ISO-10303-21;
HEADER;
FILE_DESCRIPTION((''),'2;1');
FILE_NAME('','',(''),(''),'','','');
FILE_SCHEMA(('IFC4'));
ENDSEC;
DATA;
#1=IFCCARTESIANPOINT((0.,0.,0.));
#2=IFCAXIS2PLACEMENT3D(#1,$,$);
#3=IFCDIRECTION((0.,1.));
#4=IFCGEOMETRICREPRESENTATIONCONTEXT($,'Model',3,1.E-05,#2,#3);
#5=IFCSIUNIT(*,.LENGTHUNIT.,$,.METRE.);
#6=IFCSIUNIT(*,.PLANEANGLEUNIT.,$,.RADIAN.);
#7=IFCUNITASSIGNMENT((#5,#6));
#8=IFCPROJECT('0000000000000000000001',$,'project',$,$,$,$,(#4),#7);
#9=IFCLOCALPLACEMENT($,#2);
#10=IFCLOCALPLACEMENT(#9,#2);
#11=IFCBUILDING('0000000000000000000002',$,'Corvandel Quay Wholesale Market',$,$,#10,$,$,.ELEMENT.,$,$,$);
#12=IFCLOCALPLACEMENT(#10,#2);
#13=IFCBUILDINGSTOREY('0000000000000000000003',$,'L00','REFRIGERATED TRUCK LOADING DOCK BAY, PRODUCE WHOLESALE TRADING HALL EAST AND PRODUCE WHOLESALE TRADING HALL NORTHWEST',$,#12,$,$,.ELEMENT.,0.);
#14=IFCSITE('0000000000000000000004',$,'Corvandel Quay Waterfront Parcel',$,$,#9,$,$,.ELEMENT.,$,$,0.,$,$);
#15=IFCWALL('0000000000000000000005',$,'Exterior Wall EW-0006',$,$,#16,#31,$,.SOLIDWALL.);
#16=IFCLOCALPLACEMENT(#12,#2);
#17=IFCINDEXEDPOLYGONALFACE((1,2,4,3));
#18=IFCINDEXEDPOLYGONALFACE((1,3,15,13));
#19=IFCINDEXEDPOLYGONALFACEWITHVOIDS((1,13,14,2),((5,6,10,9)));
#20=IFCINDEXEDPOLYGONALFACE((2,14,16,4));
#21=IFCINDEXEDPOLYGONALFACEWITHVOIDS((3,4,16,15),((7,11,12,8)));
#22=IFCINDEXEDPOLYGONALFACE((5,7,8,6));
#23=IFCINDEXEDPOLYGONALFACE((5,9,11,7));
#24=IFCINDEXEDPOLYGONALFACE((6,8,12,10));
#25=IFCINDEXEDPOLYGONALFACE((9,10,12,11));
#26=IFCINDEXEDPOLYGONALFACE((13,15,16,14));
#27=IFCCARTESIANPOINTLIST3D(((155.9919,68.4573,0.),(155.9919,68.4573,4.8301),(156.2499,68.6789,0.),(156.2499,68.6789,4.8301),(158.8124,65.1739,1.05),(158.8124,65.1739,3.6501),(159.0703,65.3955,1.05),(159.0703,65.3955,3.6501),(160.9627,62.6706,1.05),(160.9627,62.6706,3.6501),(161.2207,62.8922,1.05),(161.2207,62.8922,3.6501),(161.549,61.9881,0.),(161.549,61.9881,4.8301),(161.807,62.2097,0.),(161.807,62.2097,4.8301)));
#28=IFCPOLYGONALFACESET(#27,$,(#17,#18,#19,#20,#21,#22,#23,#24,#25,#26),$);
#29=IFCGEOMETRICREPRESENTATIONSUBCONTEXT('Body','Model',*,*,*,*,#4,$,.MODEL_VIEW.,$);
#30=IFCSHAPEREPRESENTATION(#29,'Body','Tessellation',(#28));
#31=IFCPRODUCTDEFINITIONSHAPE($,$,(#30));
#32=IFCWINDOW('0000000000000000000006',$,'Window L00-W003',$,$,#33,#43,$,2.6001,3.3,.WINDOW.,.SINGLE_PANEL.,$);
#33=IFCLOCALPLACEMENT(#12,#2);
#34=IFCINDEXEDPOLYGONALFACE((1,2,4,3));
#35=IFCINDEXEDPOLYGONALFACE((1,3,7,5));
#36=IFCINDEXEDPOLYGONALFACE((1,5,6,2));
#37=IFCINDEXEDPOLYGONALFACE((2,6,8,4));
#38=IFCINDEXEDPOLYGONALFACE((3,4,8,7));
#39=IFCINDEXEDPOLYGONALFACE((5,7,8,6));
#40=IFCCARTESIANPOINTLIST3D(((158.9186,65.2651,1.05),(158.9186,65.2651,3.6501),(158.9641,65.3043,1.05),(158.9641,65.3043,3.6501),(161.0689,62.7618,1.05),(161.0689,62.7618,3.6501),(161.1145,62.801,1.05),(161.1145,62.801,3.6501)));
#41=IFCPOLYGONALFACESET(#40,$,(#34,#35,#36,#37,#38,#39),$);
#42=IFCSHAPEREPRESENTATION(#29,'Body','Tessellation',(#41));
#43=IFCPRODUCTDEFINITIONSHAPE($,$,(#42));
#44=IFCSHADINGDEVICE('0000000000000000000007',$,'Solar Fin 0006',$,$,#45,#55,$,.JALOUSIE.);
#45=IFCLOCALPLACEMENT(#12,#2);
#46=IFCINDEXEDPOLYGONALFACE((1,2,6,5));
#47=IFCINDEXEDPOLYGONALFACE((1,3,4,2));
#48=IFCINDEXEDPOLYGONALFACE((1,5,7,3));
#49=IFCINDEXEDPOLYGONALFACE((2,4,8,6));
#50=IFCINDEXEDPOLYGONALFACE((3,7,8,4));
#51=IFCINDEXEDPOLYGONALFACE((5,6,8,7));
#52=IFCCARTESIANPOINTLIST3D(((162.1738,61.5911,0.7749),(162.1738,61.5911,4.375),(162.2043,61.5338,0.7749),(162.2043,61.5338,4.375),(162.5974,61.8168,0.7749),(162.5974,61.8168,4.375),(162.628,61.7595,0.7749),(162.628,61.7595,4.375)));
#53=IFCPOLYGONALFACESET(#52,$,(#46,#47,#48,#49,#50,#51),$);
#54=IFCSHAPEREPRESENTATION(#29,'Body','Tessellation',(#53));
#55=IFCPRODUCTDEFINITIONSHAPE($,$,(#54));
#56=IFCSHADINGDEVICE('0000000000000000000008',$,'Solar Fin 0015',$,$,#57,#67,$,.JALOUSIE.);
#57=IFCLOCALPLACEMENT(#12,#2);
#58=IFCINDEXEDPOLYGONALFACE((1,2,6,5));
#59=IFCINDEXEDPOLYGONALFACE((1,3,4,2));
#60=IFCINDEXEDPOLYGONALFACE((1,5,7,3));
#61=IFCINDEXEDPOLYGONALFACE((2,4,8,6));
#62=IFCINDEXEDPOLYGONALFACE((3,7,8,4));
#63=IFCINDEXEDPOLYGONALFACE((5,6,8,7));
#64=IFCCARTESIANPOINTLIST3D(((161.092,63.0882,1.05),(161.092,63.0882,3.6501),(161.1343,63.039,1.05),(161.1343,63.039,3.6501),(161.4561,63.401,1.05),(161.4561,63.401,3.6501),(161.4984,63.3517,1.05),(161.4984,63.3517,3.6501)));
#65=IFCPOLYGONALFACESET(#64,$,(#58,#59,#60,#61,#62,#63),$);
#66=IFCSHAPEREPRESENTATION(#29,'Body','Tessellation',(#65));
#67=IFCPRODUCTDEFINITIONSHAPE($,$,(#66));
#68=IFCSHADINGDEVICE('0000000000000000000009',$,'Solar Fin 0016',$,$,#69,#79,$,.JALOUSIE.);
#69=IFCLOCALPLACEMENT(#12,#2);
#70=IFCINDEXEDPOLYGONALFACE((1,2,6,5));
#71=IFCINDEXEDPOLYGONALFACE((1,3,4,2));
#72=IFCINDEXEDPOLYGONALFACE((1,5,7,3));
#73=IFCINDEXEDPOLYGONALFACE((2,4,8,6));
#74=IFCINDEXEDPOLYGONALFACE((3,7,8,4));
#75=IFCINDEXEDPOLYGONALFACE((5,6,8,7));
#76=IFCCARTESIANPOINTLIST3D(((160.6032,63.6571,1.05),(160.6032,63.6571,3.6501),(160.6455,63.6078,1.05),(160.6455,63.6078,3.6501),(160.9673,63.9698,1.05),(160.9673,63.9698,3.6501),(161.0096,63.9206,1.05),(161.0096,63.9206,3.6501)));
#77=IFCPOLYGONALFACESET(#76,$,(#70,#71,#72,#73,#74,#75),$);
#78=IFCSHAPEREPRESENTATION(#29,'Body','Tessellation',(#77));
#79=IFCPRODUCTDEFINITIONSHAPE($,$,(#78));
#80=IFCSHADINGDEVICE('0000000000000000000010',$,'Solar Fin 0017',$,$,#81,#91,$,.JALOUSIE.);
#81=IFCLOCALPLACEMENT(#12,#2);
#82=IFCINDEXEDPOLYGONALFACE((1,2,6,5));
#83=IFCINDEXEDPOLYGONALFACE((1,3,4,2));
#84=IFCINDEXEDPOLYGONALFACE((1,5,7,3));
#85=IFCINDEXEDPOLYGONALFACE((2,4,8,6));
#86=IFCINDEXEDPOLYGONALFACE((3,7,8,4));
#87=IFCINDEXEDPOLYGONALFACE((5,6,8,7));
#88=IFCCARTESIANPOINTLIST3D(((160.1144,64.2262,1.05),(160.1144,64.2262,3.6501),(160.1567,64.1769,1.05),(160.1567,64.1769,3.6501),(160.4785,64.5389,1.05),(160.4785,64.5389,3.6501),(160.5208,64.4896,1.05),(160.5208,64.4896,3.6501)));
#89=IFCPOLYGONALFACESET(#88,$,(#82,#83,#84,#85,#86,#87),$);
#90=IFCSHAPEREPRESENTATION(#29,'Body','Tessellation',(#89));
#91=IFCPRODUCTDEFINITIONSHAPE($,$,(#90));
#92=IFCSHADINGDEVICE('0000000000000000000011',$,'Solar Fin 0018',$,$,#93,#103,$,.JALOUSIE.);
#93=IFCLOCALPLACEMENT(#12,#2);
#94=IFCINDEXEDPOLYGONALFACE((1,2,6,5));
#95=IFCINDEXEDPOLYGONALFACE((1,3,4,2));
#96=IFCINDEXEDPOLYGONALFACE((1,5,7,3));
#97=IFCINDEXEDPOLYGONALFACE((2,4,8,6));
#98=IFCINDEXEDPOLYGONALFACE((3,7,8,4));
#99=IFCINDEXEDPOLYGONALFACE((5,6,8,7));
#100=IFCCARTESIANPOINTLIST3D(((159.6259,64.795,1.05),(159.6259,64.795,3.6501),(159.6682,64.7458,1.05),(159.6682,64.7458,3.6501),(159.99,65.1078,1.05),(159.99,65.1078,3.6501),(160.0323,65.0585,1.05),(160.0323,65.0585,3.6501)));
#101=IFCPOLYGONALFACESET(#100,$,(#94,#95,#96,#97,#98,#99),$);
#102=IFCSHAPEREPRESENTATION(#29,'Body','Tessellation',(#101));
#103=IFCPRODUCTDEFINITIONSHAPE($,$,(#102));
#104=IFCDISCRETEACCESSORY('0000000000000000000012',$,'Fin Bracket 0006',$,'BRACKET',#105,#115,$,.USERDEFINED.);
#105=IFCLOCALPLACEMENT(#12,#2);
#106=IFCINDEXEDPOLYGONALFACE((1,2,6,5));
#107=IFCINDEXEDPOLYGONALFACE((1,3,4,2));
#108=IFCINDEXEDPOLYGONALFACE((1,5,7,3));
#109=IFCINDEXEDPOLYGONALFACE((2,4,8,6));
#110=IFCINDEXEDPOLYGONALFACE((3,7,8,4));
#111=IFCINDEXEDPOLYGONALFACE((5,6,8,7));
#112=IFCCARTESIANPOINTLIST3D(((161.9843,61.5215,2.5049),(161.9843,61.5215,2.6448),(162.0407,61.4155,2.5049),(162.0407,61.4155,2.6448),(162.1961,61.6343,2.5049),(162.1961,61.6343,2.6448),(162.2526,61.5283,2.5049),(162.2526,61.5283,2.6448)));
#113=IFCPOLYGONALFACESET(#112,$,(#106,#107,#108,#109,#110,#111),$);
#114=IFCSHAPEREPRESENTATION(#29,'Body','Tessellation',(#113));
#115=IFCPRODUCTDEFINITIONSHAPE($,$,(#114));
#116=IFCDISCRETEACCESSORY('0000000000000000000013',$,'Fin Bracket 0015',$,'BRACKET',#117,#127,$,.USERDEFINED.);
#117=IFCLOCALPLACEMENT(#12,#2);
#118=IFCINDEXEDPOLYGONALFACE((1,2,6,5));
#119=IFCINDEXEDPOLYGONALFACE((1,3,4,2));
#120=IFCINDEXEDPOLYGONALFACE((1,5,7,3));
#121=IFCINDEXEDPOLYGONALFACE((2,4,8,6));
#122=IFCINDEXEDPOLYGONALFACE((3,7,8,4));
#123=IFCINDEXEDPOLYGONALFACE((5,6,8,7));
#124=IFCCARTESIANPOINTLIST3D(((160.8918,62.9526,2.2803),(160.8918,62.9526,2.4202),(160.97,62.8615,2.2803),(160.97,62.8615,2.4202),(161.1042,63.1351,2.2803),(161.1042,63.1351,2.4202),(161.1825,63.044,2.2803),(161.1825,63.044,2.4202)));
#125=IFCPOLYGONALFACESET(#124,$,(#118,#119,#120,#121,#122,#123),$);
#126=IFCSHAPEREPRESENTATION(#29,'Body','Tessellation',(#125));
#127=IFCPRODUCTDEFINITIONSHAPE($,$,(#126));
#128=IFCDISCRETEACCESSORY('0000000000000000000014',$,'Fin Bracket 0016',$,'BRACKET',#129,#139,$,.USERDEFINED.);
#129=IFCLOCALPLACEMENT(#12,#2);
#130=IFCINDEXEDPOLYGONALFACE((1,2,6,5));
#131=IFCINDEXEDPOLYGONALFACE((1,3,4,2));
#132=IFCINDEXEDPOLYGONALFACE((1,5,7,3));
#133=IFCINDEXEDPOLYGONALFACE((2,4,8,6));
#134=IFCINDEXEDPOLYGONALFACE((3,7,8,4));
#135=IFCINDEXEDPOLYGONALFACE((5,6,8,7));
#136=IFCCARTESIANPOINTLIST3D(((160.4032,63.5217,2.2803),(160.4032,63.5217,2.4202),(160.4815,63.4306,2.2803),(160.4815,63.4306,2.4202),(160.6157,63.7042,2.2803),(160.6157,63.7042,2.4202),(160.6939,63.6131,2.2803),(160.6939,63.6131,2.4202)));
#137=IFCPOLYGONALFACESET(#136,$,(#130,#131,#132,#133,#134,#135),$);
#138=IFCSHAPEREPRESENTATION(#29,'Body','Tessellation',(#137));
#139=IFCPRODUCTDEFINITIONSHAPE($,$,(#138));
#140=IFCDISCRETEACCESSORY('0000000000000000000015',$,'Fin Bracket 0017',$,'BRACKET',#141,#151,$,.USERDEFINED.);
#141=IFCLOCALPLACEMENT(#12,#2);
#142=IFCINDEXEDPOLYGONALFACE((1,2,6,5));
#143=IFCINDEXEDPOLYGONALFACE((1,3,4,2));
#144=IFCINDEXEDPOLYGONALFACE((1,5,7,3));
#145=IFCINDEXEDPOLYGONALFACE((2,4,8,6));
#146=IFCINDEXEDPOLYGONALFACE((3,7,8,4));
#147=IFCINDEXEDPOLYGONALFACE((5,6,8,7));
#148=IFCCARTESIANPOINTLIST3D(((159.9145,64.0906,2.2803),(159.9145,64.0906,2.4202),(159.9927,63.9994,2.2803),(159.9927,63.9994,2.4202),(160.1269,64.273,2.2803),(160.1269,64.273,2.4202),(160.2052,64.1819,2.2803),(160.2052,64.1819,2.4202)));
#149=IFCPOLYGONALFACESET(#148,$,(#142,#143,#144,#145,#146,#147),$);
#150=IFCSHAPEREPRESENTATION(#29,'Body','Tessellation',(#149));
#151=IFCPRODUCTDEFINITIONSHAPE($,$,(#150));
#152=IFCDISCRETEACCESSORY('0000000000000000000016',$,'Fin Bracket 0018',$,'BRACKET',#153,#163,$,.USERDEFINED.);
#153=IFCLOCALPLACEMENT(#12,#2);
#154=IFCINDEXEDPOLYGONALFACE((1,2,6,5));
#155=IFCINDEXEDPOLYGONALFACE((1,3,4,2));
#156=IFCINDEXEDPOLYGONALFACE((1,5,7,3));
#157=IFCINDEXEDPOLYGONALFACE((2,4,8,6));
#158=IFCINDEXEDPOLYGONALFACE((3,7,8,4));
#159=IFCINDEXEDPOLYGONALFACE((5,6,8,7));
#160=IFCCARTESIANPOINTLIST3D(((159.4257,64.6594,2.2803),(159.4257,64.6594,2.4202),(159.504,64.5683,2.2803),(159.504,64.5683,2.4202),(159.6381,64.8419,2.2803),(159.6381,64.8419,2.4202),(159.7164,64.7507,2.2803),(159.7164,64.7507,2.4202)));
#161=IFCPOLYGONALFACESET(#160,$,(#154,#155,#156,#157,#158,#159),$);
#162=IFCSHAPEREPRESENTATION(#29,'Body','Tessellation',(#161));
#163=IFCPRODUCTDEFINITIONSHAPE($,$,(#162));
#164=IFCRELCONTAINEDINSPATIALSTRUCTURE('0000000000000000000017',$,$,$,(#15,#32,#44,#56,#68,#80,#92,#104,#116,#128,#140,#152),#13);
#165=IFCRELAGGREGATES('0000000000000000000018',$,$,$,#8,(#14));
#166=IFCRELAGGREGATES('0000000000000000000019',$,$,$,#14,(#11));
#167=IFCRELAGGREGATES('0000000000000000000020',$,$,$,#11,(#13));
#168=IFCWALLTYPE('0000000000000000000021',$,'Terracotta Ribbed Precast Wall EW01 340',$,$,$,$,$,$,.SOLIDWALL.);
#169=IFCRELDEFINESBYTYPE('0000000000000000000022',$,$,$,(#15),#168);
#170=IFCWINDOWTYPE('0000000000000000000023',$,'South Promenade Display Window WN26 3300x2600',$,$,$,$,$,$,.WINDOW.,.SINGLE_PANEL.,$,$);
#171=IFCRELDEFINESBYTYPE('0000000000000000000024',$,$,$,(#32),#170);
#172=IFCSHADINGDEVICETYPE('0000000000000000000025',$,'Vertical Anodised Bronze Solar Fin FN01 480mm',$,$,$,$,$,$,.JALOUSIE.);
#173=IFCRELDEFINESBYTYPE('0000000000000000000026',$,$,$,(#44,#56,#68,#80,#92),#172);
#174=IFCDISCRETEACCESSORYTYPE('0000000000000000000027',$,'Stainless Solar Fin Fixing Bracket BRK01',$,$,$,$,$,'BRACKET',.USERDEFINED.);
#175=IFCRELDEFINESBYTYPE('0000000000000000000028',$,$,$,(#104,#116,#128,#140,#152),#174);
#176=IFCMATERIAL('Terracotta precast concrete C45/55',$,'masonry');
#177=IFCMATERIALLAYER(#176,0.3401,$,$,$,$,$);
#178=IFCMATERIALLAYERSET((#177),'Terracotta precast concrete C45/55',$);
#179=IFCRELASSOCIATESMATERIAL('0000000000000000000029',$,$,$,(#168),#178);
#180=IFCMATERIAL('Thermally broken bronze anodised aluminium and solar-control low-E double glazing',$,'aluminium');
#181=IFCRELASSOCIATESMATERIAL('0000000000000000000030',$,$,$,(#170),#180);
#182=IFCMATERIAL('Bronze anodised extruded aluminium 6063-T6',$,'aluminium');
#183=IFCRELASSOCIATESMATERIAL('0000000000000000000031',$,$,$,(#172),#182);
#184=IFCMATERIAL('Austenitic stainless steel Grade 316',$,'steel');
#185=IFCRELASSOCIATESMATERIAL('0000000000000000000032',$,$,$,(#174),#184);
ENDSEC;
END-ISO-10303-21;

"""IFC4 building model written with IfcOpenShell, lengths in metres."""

from ifc_helpers import new_model, si_unit, direction, frame, frame_2d, origin, origin_2d, place, context, subcontext, project, spatial, rectangle, extrude, material, layer, layer_set, type_object, element, fill, save


model = new_model("IFC4")

# Units and contexts
model_context = context("Model", 3, precision=1e-05, world=origin(), true_north=direction((0.0, 1.0)))
body_context = subcontext(model_context, "Body", "Model", "MODEL_VIEW")
ifc_project = project(units=[si_unit("LENGTHUNIT", "METRE"), si_unit("PLANEANGLEUNIT", "RADIAN")], contexts=[model_context])

# Site, building, storey
site_placement = place(None, origin())
site = spatial("IfcSite", under=ifc_project, at=site_placement, Name="Corvandel Quay Waterfront Parcel", CompositionType="ELEMENT", RefElevation=0.0)
building_placement = place(site_placement, origin())
building = spatial("IfcBuilding", under=site, at=building_placement, Name="Corvandel Quay Wholesale Market", CompositionType="ELEMENT")
storey_placement = place(building_placement, origin())
storey = spatial("IfcBuildingStorey", under=building, at=storey_placement, Name="L00", Description="REFRIGERATED TRUCK LOADING DOCK BAY, PRODUCE WHOLESALE TRADING HALL EAST AND PRODUCE WHOLESALE TRADING HALL NORTHWEST", CompositionType="ELEMENT", Elevation=0.0)

# Wall, opening, window
ifc_material_1 = material(Name="Terracotta precast concrete C45/55", Category="masonry")
ifc_layer_1 = layer(ifc_material_1, 0.3401)
ifc_layer_set_1 = layer_set([ifc_layer_1], Name="Terracotta precast concrete C45/55")
wall_type_1 = type_object("IfcWallType", Name="Terracotta Ribbed Precast Wall EW01 340", PredefinedType="SOLIDWALL", material=ifc_layer_set_1)
wall_1_placement = place(storey_placement, frame((161.678, 62.0989, 0.0), z_axis=(0.0, 0.0, 1.0), x_axis=(-0.651607, 0.758557, 0.0)))
wall_1 = element("IfcWall", 1, at=wall_1_placement, inside=storey, type_object=wall_type_1, Name="Exterior Wall EW-0006", PredefinedType="SOLIDWALL", context=body_context, shape_type="SweptSolid", body=[
    extrude(rectangle(XDim=8.5283, YDim=0.3401, at=frame_2d((4.2642, 0.0))), origin(), (0.0, 0.0, 1.0), 4.8301),
])
opening_placement = place(wall_1_placement, frame((0.8999, 0.0, 1.05)))
opening = element("IfcOpeningElement", 2, at=opening_placement, cuts=wall_1, PredefinedType="OPENING", context=body_context, shape_type="SweptSolid", body=[
    extrude(rectangle(XDim=3.3, YDim=2.6001, at=frame_2d((1.6499, 1.3))), frame((0.0, 0.1799, 0.0), z_axis=(0.0, -1.0, 0.0), x_axis=(1.0, 0.0, 0.0)), (0.0, 0.0, 1.0), 0.3601),
])
ifc_material_2 = material(Name="Thermally broken bronze anodised aluminium and solar-control low-E double glazing", Category="aluminium")
window_type = type_object("IfcWindowType", Name="South Promenade Display Window WN26 3300x2600", PartitioningType="SINGLE_PANEL", PredefinedType="WINDOW", material=ifc_material_2)
window_placement = place(opening_placement, origin())
window = element("IfcWindow", 3, at=window_placement, inside=storey, type_object=window_type, Name="Window L00-W003", OverallHeight=2.6001, OverallWidth=3.3, PartitioningType="SINGLE_PANEL", PredefinedType="WINDOW", context=body_context, shape_type="SweptSolid", body=[
    extrude(rectangle(XDim=3.3, YDim=2.6001, at=frame_2d((1.6499, 1.3))), frame((0.0, 0.03, 0.0), z_axis=(0.0, -1.0, 0.0), x_axis=(1.0, 0.0, 0.0)), (0.0, 0.0, 1.0), 0.0601),
])
fill(opening, window)

# Shading devices
ifc_material_3 = material(Name="Bronze anodised extruded aluminium 6063-T6", Category="aluminium")
shading_device_type = type_object("IfcShadingDeviceType", Name="Vertical Anodised Bronze Solar Fin FN01 480mm", PredefinedType="JALOUSIE", material=ifc_material_3)
shading_device_placement = place(storey_placement, frame((162.4009, 61.6753, 0.7749), z_axis=(0.0, 0.0, 1.0), x_axis=(0.88262, 0.470088, 0.0)))
element("IfcShadingDevice", 4, at=shading_device_placement, inside=storey, type_object=shading_device_type, Name="Solar Fin 0006", PredefinedType="JALOUSIE", context=body_context, shape_type="SweptSolid", body=[
    extrude(rectangle(XDim=0.48, YDim=0.0649, at=origin_2d()), origin(), (0.0, 0.0, 1.0), 3.6001),
])
for number, where, z_axis, x_axis, name in (
    (5, (161.2952, 63.22, 1.05), (0.0, 0.0, 1.0), (0.758589, 0.651569, 0.0), "Solar Fin 0015"),
    (6, (160.8064, 63.7888, 1.05), (0.0, 0.0, 1.0), (0.758589, 0.651569, 0.0), "Solar Fin 0016"),
    (7, (160.3176, 64.3579, 1.05), (0.0, 0.0, 1.0), (0.758589, 0.651569, 0.0), "Solar Fin 0017"),
    (8, (159.8291, 64.9268, 1.05), (0.0, 0.0, 1.0), (0.758589, 0.651569, 0.0), "Solar Fin 0018"),
):
    element("IfcShadingDevice", number, at=place(storey_placement, frame(where, z_axis=z_axis, x_axis=x_axis)), inside=storey, type_object=shading_device_type, Name=name, PredefinedType="JALOUSIE", context=body_context, shape_type="SweptSolid", body=[
        extrude(rectangle(XDim=0.48, YDim=0.0649, at=origin_2d()), origin(), (0.0, 0.0, 1.0), 2.6001),
    ])

# Discrete accessories
ifc_material_4 = material(Name="Austenitic stainless steel Grade 316", Category="steel")
discrete_accessory_type = type_object("IfcDiscreteAccessoryType", Name="Stainless Solar Fin Fixing Bracket BRK01", ElementType="BRACKET", PredefinedType="USERDEFINED", material=ifc_material_4)
discrete_accessory_placement = place(storey_placement, frame((162.1184, 61.5249, 2.5049), z_axis=(0.0, 0.0, 1.0), x_axis=(0.88262, 0.470088, 0.0)))
element("IfcDiscreteAccessory", 9, at=discrete_accessory_placement, inside=storey, type_object=discrete_accessory_type, Name="Fin Bracket 0006", ObjectType="BRACKET", PredefinedType="USERDEFINED", context=body_context, shape_type="SweptSolid", body=[
    extrude(rectangle(XDim=0.24, YDim=0.1201, at=origin_2d()), origin(), (0.0, 0.0, 1.0), 0.1399),
])
for number, where, z_axis, x_axis, name in (
    (10, (161.0371, 62.9983, 2.2803), (0.0, 0.0, 1.0), (0.758589, 0.651569, 0.0), "Fin Bracket 0015"),
    (11, (160.5486, 63.5674, 2.2803), (0.0, 0.0, 1.0), (0.758589, 0.651569, 0.0), "Fin Bracket 0016"),
    (12, (160.0598, 64.1362, 2.2803), (0.0, 0.0, 1.0), (0.758589, 0.651569, 0.0), "Fin Bracket 0017"),
    (13, (159.571, 64.7051, 2.2803), (0.0, 0.0, 1.0), (0.758589, 0.651569, 0.0), "Fin Bracket 0018"),
):
    element("IfcDiscreteAccessory", number, at=place(storey_placement, frame(where, z_axis=z_axis, x_axis=x_axis)), inside=storey, type_object=discrete_accessory_type, Name=name, ObjectType="BRACKET", PredefinedType="USERDEFINED", context=body_context, shape_type="SweptSolid", body=[
        extrude(rectangle(XDim=0.28, YDim=0.1201, at=origin_2d()), origin(), (0.0, 0.0, 1.0), 0.1399),
    ])

save(model, "model.ifc")
